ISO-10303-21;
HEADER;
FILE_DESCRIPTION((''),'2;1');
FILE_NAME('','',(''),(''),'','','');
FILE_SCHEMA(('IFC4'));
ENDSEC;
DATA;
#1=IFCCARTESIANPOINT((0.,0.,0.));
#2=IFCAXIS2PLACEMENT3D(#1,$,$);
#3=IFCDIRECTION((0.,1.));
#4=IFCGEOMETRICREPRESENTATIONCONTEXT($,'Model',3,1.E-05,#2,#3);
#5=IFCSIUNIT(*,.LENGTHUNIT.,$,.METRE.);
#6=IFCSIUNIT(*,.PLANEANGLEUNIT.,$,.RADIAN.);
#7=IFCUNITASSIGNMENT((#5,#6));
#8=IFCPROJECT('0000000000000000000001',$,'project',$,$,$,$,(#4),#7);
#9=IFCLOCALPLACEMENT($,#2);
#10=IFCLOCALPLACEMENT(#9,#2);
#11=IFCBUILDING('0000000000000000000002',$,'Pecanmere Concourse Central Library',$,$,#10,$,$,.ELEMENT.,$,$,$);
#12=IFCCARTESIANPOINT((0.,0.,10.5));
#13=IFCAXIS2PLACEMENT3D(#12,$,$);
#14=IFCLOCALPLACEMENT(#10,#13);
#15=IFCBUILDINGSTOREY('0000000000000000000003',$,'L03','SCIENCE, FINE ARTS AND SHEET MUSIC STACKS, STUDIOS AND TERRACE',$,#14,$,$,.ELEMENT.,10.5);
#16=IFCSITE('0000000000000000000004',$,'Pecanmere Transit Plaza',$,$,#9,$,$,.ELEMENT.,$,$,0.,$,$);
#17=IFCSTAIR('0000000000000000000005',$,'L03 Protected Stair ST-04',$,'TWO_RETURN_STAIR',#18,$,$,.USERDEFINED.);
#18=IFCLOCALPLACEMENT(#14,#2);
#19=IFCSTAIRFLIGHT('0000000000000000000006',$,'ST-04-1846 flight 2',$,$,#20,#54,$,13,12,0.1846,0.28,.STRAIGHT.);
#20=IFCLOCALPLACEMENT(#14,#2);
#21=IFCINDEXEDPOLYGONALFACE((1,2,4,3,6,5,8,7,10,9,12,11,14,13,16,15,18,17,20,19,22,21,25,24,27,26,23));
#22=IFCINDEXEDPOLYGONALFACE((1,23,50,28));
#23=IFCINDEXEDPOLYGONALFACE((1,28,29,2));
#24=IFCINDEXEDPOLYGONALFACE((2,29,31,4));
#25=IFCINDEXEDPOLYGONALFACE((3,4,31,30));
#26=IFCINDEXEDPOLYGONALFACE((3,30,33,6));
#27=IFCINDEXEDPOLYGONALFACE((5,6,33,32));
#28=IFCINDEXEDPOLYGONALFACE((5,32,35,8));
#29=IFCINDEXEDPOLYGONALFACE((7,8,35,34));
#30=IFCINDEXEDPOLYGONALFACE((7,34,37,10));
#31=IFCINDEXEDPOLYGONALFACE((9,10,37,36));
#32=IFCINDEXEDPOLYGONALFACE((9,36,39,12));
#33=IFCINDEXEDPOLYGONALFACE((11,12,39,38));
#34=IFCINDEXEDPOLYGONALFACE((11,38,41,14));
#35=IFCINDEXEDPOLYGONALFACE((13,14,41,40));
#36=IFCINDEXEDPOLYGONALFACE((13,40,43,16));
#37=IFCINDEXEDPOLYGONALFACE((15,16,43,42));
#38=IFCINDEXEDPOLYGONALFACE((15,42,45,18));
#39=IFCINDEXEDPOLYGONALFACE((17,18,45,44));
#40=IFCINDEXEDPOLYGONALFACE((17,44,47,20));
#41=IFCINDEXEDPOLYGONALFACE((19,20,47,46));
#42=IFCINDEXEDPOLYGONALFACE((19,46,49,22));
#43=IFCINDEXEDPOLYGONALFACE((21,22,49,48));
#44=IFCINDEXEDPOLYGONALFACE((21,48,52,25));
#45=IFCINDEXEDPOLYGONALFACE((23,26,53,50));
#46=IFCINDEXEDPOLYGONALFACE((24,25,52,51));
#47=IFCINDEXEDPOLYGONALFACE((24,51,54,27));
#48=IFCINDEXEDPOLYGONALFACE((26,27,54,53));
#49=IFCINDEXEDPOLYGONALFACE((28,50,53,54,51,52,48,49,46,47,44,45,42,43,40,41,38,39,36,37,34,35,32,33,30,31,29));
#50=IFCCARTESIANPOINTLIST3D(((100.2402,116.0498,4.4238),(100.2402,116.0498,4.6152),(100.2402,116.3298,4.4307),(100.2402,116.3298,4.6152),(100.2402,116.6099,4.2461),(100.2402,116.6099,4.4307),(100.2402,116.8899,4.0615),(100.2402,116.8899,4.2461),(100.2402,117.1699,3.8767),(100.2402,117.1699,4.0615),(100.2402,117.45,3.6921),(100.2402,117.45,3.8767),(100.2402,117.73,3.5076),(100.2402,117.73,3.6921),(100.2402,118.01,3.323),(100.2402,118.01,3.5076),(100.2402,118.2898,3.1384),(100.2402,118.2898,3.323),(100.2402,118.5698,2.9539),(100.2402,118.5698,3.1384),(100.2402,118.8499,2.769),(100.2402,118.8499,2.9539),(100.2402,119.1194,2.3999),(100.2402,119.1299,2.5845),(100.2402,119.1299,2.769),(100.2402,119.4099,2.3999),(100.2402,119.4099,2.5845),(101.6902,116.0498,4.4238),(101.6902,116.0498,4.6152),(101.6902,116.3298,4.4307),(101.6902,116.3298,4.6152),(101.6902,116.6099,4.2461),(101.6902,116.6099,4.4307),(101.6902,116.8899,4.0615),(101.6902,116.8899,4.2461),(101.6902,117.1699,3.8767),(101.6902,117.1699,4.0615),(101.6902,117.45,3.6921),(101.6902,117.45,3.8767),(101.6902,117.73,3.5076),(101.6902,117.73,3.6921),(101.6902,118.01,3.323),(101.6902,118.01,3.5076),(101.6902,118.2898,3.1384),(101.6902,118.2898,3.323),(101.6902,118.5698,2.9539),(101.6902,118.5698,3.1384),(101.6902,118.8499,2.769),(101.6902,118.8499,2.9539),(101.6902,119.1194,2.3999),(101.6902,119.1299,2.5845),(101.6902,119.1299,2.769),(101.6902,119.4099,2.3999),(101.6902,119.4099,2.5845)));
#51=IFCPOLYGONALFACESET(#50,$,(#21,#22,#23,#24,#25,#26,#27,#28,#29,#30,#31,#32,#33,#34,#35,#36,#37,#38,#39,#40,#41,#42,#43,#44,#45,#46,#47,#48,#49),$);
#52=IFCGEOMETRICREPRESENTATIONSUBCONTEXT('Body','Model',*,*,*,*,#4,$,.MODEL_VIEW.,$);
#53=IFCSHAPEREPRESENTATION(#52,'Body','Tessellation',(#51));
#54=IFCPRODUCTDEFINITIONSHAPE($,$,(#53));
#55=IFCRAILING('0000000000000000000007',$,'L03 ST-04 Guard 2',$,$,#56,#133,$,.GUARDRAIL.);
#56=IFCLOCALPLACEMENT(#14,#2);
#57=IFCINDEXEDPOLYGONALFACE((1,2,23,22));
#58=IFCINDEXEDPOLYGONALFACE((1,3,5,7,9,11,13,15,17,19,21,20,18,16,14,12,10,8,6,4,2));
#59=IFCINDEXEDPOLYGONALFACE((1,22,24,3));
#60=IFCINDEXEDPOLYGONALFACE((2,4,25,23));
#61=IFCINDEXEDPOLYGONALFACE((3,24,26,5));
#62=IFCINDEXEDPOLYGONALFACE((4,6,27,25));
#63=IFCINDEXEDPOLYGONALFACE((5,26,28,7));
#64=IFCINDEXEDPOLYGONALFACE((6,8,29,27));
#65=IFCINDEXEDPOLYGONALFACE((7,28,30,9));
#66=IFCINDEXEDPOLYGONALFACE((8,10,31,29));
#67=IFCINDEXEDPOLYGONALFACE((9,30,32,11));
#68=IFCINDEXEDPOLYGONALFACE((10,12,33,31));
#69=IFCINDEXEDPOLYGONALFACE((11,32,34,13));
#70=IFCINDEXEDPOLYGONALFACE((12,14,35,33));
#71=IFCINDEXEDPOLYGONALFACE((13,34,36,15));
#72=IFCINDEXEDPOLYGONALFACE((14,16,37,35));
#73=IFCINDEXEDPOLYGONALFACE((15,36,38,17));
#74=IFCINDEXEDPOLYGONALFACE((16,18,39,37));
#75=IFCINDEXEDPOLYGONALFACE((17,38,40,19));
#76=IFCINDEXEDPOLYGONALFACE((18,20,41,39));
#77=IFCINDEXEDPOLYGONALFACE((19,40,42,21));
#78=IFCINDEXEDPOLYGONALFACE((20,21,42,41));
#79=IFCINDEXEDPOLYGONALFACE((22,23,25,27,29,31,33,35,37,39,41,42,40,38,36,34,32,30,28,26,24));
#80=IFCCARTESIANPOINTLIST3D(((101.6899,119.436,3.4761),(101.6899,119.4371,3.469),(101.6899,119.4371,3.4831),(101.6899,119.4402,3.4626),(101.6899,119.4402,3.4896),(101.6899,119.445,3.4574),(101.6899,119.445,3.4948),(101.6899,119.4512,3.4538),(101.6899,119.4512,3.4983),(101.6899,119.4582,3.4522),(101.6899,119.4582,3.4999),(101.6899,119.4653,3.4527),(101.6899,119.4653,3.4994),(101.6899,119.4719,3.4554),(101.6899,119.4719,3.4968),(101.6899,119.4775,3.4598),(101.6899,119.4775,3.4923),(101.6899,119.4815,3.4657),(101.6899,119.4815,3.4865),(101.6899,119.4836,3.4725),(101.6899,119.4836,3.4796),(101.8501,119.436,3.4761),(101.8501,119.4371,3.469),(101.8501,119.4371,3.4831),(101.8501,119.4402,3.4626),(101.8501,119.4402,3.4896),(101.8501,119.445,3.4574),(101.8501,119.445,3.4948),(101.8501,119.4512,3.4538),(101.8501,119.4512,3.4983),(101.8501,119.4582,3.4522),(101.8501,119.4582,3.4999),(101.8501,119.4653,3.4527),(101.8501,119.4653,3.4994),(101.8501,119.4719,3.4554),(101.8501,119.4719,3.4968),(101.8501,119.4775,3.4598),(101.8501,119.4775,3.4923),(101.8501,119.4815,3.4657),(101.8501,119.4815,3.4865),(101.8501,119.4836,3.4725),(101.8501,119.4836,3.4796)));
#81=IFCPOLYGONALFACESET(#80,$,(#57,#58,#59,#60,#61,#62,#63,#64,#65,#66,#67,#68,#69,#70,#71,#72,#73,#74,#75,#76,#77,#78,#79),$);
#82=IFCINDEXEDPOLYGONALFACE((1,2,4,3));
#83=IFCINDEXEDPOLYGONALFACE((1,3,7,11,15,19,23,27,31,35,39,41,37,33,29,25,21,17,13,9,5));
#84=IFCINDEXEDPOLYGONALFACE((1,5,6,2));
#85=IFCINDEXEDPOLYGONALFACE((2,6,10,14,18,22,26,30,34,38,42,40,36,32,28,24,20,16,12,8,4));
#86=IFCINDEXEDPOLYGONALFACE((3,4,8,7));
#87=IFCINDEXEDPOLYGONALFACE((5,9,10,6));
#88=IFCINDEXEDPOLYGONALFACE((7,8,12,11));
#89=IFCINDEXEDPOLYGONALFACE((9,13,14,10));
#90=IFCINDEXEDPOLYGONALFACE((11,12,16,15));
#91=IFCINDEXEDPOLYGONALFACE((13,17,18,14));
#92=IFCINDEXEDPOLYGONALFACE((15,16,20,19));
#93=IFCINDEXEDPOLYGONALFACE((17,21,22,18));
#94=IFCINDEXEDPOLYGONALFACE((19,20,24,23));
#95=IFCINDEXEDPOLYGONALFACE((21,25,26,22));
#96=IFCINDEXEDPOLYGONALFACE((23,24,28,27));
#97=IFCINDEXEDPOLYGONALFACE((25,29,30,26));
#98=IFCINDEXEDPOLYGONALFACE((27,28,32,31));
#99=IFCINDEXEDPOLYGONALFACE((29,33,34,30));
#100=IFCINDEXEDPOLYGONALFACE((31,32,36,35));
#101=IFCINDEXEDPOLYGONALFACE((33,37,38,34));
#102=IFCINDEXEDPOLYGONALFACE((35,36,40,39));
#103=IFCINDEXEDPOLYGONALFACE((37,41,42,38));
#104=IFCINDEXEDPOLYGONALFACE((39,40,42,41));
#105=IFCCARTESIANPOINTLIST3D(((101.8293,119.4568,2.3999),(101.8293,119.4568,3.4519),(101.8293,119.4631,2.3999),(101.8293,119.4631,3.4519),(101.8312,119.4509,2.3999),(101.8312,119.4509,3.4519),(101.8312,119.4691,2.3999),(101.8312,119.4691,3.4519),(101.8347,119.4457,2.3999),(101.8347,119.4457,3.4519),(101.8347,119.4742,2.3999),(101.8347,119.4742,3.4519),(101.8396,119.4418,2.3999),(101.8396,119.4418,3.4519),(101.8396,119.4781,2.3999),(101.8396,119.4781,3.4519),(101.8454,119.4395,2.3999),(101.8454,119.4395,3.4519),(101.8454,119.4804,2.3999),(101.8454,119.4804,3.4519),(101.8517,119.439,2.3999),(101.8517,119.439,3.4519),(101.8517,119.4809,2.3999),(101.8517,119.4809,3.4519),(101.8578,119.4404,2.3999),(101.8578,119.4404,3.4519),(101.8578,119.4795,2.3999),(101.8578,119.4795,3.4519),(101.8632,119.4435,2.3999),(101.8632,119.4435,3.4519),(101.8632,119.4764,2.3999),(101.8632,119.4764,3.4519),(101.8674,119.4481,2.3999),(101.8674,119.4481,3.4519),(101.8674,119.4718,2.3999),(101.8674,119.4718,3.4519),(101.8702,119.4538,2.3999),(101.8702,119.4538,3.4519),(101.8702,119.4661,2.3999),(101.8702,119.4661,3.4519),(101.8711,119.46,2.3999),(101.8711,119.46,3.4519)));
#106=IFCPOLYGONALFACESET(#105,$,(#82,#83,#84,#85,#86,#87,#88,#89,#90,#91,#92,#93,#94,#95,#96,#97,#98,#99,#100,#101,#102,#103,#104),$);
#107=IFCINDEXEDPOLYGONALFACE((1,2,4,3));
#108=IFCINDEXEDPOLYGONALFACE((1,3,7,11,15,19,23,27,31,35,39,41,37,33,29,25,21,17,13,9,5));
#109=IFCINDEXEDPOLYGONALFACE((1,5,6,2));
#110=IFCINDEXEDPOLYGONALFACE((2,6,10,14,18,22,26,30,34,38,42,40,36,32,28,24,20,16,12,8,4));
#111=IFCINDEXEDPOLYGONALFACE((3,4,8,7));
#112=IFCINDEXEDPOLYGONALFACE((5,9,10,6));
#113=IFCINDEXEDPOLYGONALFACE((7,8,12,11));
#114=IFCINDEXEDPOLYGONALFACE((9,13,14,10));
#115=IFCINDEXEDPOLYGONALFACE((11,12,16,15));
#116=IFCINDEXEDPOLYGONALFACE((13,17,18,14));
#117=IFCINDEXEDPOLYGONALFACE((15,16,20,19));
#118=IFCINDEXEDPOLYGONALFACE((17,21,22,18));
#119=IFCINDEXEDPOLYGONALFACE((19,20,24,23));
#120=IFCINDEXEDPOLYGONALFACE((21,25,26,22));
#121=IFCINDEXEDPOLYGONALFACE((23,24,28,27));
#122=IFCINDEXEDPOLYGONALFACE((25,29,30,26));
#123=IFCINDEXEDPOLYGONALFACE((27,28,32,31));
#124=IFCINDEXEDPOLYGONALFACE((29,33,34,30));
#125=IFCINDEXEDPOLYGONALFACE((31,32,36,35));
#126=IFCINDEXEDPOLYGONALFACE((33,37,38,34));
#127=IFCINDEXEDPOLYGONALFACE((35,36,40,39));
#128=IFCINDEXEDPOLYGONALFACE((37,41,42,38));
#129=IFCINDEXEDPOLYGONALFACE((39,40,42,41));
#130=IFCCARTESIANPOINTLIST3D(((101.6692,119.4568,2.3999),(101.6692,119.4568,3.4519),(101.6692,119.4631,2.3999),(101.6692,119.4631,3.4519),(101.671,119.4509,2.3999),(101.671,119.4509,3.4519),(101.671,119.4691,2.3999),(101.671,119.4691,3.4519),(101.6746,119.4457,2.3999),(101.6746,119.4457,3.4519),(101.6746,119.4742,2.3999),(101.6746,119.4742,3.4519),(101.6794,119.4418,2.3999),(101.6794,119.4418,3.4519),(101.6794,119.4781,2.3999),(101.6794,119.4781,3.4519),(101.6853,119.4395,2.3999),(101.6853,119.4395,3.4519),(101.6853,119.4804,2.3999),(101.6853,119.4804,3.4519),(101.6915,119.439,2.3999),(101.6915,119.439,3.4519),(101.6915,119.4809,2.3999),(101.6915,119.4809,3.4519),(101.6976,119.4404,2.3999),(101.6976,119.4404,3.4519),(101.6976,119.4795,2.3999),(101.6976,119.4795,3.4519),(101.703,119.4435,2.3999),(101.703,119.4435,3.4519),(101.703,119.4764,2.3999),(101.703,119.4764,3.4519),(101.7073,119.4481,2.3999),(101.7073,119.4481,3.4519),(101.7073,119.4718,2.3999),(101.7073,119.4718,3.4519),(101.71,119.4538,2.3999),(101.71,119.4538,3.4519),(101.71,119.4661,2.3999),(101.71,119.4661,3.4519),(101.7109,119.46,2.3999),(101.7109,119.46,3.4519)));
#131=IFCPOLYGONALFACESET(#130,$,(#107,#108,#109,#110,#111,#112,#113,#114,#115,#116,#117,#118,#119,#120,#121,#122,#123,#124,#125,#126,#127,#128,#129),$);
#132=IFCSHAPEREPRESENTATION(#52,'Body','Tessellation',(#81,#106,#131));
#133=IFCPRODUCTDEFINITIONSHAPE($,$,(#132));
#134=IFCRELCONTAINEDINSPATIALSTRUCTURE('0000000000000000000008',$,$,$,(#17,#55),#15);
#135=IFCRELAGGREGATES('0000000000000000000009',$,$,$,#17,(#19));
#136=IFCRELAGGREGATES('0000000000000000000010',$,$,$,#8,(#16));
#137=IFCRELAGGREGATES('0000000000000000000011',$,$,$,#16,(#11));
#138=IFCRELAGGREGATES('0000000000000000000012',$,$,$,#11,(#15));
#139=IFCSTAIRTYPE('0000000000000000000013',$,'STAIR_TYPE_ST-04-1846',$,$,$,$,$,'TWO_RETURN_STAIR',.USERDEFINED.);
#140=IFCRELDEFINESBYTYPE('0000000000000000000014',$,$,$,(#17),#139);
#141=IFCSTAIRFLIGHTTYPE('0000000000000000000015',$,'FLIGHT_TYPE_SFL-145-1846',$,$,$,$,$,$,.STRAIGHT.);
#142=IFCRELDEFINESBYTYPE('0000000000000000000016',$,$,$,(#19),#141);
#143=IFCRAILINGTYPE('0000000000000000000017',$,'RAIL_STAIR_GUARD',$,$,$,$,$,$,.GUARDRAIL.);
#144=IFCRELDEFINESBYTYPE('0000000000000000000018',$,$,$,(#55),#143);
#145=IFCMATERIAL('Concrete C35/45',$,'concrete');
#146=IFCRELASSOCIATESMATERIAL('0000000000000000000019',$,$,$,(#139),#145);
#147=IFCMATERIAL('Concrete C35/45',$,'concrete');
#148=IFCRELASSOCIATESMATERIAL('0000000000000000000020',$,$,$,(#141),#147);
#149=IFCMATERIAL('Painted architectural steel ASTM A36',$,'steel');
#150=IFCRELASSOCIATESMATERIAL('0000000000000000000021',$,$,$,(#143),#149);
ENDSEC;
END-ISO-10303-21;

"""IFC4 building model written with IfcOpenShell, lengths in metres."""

from ifc_helpers import new_model, si_unit, direction, frame, origin, origin_2d, place, context, subcontext, project, spatial, polyline, circle, outline, extrude, material, type_object, element, aggregate, save


model = new_model("IFC4")

# Units and contexts
model_context = context("Model", 3, precision=1e-05, world=origin(), true_north=direction((0.0, 1.0)))
body_context = subcontext(model_context, "Body", "Model", "MODEL_VIEW")
ifc_project = project(units=[si_unit("LENGTHUNIT", "METRE"), si_unit("PLANEANGLEUNIT", "RADIAN")], contexts=[model_context])

# Site, building, storey
site_placement = place(None, origin())
site = spatial("IfcSite", under=ifc_project, at=site_placement, Name="Pecanmere Transit Plaza", CompositionType="ELEMENT", RefElevation=0.0)
building_placement = place(site_placement, origin())
building = spatial("IfcBuilding", under=site, at=building_placement, Name="Pecanmere Concourse Central Library", CompositionType="ELEMENT")
storey_placement = place(building_placement, frame((0.0, 0.0, 10.5)))
storey = spatial("IfcBuildingStorey", under=building, at=storey_placement, Name="L03", Description="SCIENCE, FINE ARTS AND SHEET MUSIC STACKS, STUDIOS AND TERRACE", CompositionType="ELEMENT", Elevation=10.5)

# Stair, stair flight
ifc_material_1 = material(Name="Concrete C35/45", Category="concrete")
stair_type = type_object("IfcStairType", Name="STAIR_TYPE_ST-04-1846", ElementType="TWO_RETURN_STAIR", PredefinedType="USERDEFINED", material=ifc_material_1)
stair_placement = place(storey_placement, origin())
stair = element("IfcStair", 1, at=stair_placement, inside=storey, type_object=stair_type, Name="L03 Protected Stair ST-04", ObjectType="TWO_RETURN_STAIR", PredefinedType="USERDEFINED")
ifc_material_2 = material(Name="Concrete C35/45", Category="concrete")
stair_flight_type = type_object("IfcStairFlightType", Name="FLIGHT_TYPE_SFL-145-1846", PredefinedType="STRAIGHT", material=ifc_material_2)
stair_flight_placement = place(storey_placement, frame((100.9651, 119.4099, 2.3999), z_axis=(0.0, 0.0, 1.0), x_axis=(0.0, -1.0, 0.0)))
stair_flight = element("IfcStairFlight", 2, at=stair_flight_placement, type_object=stair_flight_type, Name="ST-04-1846 flight 2", NumberOfRisers=13, NumberOfTreads=12, PredefinedType="STRAIGHT", RiserHeight=0.1846, TreadLength=0.28, context=body_context, shape_type="SweptSolid", body=[
    extrude(outline(polyline([(0.0, 0.0), (0.0, 0.1846), (0.28, 0.1846), (0.28, 0.3691), (0.5601, 0.3691), (0.5601, 0.554), (0.8401, 0.554), (0.8401, 0.7385), (1.1201, 0.7385), (1.1201, 0.9231), (1.3999, 0.9231), (1.3999, 1.1077), (1.6799, 1.1077), (1.6799, 1.2922), (1.96, 1.2922), (1.96, 1.4768), (2.24, 1.4768), (2.24, 1.6616), (2.52, 1.6616), (2.52, 1.8462), (2.8, 1.8462), (2.8, 2.0308), (3.0801, 2.0308), (3.0801, 2.2153), (3.3601, 2.2153), (3.3601, 2.3999), (3.3601, 2.0239), (0.2905, 0.0), (0.0, 0.0)])), frame((0.0, 0.7251, 0.0), z_axis=(0.0, -1.0, 0.0), x_axis=(1.0, 0.0, 0.0)), (0.0, 0.0, 1.0), 1.45),
])
aggregate(stair, [stair_flight])

# Railing
ifc_material_3 = material(Name="Painted architectural steel ASTM A36", Category="steel")
railing_type_1 = type_object("IfcRailingType", Name="RAIL_STAIR_GUARD", PredefinedType="GUARDRAIL", material=ifc_material_3)
railing_1_placement = place(storey_placement, frame((101.8501, 119.46, 2.3999)))
element("IfcRailing", 3, at=railing_1_placement, inside=storey, type_object=railing_type_1, Name="L03 ST-04 Guard 2", PredefinedType="GUARDRAIL", context=body_context, shape_type="SweptSolid", body=[
    extrude(circle(Radius=0.0239, at=origin_2d()), frame((0.0, 0.0, 1.0762), z_axis=(-1.0, 0.0, 0.0), x_axis=(0.0, -1.0, 0.0)), (0.0, 0.0, 1.0), 0.1602),
    extrude(circle(Radius=0.021, at=origin_2d()), origin(), (0.0, 0.0, 1.0), 1.052),
    extrude(circle(Radius=0.021, at=origin_2d()), frame((-0.1602, 0.0, 0.0)), (0.0, 0.0, 1.0), 1.052),
])

save(model, "model.ifc")
